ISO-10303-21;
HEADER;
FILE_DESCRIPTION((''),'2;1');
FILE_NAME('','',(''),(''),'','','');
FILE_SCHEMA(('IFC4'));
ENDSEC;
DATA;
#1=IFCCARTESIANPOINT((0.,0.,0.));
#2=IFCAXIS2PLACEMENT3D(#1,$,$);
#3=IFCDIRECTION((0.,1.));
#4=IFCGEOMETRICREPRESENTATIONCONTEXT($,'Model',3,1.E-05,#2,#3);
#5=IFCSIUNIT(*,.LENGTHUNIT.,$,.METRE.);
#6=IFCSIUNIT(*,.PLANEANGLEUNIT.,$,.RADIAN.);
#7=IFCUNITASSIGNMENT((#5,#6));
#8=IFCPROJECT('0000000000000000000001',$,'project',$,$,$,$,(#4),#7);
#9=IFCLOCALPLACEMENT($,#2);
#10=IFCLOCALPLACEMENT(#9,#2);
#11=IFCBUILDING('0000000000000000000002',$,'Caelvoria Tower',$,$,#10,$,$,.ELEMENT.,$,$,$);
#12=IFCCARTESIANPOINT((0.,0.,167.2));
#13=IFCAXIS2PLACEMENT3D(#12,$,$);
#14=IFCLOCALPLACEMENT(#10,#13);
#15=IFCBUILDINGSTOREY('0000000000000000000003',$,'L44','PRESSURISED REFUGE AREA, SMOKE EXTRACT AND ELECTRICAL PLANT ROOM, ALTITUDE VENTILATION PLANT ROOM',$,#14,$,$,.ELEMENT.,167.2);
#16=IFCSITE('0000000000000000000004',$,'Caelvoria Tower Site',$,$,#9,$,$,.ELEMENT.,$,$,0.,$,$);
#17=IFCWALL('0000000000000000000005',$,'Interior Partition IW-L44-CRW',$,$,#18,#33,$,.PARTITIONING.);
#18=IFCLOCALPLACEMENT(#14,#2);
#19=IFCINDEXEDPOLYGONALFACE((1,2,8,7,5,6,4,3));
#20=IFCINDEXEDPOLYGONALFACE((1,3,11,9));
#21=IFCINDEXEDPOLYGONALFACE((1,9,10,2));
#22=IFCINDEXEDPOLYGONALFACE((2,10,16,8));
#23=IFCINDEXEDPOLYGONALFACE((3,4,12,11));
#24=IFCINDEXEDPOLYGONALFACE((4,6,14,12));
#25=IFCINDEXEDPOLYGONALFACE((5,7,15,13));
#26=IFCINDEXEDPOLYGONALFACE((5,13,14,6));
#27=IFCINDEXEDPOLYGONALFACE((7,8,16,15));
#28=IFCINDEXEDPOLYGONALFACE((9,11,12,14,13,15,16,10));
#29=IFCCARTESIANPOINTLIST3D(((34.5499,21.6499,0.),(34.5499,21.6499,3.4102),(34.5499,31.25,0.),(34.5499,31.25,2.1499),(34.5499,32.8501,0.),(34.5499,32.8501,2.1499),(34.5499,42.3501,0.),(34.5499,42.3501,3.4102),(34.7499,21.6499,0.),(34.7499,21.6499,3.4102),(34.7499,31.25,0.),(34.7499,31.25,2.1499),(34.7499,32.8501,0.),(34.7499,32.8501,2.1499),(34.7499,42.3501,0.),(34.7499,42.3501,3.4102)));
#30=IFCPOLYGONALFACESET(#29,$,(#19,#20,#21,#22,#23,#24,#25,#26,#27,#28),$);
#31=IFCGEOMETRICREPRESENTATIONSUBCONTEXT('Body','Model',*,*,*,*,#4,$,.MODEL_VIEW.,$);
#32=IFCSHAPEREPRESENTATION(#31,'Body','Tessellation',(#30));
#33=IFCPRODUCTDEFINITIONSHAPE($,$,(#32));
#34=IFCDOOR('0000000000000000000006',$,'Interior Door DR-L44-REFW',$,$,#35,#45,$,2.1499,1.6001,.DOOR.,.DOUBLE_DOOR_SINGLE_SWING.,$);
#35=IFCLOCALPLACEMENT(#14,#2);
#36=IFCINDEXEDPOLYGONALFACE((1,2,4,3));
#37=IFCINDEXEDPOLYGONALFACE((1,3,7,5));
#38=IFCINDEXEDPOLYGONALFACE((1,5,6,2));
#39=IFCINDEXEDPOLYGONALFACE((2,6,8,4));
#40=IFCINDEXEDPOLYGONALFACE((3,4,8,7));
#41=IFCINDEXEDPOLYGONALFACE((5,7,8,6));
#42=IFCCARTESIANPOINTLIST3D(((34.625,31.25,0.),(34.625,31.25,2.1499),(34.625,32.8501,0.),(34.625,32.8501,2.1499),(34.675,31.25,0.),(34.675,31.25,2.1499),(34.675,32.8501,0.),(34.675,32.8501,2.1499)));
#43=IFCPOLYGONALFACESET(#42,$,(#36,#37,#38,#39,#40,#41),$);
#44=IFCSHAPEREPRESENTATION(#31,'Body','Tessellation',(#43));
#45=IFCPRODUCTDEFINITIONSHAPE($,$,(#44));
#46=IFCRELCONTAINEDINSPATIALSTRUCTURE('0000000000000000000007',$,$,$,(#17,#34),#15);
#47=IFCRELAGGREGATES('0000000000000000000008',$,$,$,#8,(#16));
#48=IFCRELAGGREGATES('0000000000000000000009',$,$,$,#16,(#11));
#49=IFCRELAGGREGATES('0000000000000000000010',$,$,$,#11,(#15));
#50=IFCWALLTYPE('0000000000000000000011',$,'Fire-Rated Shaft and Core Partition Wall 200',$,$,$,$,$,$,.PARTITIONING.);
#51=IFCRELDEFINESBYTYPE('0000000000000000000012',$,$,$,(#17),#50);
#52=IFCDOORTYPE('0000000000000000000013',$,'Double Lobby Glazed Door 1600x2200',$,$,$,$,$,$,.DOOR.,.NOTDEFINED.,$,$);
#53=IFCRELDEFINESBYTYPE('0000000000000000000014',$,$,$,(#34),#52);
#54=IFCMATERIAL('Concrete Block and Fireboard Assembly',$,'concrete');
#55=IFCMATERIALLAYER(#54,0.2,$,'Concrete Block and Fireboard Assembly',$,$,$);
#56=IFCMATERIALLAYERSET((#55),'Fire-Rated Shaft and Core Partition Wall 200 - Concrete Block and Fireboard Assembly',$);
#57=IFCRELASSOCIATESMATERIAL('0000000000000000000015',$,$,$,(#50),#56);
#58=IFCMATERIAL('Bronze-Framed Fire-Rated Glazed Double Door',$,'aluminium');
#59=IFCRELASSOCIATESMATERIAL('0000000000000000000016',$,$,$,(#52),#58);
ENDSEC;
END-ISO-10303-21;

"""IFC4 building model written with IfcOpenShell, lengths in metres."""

from ifc_helpers import new_model, si_unit, direction, frame, frame_2d, origin, place, context, subcontext, project, spatial, rectangle, extrude, material, layer, layer_set, type_object, element, fill, save


model = new_model("IFC4")

# Units and contexts
model_context = context("Model", 3, precision=1e-05, world=origin(), true_north=direction((0.0, 1.0)))
body_context = subcontext(model_context, "Body", "Model", "MODEL_VIEW")
ifc_project = project(units=[si_unit("LENGTHUNIT", "METRE"), si_unit("PLANEANGLEUNIT", "RADIAN")], contexts=[model_context])

# Site, building, storey
site_placement = place(None, origin())
site = spatial("IfcSite", under=ifc_project, at=site_placement, Name="Caelvoria Tower Site", CompositionType="ELEMENT", RefElevation=0.0)
building_placement = place(site_placement, origin())
building = spatial("IfcBuilding", under=site, at=building_placement, Name="Caelvoria Tower", CompositionType="ELEMENT")
storey_placement = place(building_placement, frame((0.0, 0.0, 167.2)))
storey = spatial("IfcBuildingStorey", under=building, at=storey_placement, Name="L44", Description="PRESSURISED REFUGE AREA, SMOKE EXTRACT AND ELECTRICAL PLANT ROOM, ALTITUDE VENTILATION PLANT ROOM", CompositionType="ELEMENT", Elevation=167.2)

# Shared definitions
ifc_material_1 = material(Name="Concrete Block and Fireboard Assembly", Category="concrete")
ifc_layer_1 = layer(ifc_material_1, 0.2, Name="Concrete Block and Fireboard Assembly")
ifc_layer_set_1 = layer_set([ifc_layer_1], Name="Fire-Rated Shaft and Core Partition Wall 200 - Concrete Block and Fireboard Assembly")
wall_type_1 = type_object("IfcWallType", Name="Fire-Rated Shaft and Core Partition Wall 200", PredefinedType="PARTITIONING", material=ifc_layer_set_1)

# Wall, opening, door
wall_1_placement = place(storey_placement, frame((34.6499, 21.6499, 0.0), z_axis=(0.0, 0.0, 1.0), x_axis=(0.0, 1.0, 0.0)))
wall_1 = element("IfcWall", 1, at=wall_1_placement, inside=storey, type_object=wall_type_1, Name="Interior Partition IW-L44-CRW", PredefinedType="PARTITIONING", context=body_context, shape_type="SweptSolid", body=[
    extrude(rectangle(XDim=20.7002, YDim=0.2, at=frame_2d((10.3501, 0.0))), origin(), (0.0, 0.0, 1.0), 3.4102),
])
opening_1_placement = place(wall_1_placement, frame((9.6001, 0.0, 0.0)))
opening_1 = element("IfcOpeningElement", 2, at=opening_1_placement, cuts=wall_1, PredefinedType="OPENING", context=body_context, shape_type="SweptSolid", body=[
    extrude(rectangle(XDim=1.6001, YDim=2.1499, at=frame_2d((0.8, 1.075))), frame((0.0, 0.1099, 0.0), z_axis=(0.0, -1.0, 0.0), x_axis=(1.0, 0.0, 0.0)), (0.0, 0.0, 1.0), 0.22),
])
ifc_material_2 = material(Name="Bronze-Framed Fire-Rated Glazed Double Door", Category="aluminium")
door_type_1 = type_object("IfcDoorType", Name="Double Lobby Glazed Door 1600x2200", OperationType="NOTDEFINED", PredefinedType="DOOR", material=ifc_material_2)
door_1_placement = place(opening_1_placement, origin())
door_1 = element("IfcDoor", 3, at=door_1_placement, inside=storey, type_object=door_type_1, Name="Interior Door DR-L44-REFW", OperationType="DOUBLE_DOOR_SINGLE_SWING", OverallHeight=2.1499, OverallWidth=1.6001, PredefinedType="DOOR", context=body_context, shape_type="SweptSolid", body=[
    extrude(rectangle(XDim=1.6001, YDim=2.1499, at=frame_2d((0.8, 1.075))), frame((0.0, 0.0249, 0.0), z_axis=(0.0, -1.0, 0.0), x_axis=(1.0, 0.0, 0.0)), (0.0, 0.0, 1.0), 0.05),
])
fill(opening_1, door_1)

save(model, "model.ifc")
